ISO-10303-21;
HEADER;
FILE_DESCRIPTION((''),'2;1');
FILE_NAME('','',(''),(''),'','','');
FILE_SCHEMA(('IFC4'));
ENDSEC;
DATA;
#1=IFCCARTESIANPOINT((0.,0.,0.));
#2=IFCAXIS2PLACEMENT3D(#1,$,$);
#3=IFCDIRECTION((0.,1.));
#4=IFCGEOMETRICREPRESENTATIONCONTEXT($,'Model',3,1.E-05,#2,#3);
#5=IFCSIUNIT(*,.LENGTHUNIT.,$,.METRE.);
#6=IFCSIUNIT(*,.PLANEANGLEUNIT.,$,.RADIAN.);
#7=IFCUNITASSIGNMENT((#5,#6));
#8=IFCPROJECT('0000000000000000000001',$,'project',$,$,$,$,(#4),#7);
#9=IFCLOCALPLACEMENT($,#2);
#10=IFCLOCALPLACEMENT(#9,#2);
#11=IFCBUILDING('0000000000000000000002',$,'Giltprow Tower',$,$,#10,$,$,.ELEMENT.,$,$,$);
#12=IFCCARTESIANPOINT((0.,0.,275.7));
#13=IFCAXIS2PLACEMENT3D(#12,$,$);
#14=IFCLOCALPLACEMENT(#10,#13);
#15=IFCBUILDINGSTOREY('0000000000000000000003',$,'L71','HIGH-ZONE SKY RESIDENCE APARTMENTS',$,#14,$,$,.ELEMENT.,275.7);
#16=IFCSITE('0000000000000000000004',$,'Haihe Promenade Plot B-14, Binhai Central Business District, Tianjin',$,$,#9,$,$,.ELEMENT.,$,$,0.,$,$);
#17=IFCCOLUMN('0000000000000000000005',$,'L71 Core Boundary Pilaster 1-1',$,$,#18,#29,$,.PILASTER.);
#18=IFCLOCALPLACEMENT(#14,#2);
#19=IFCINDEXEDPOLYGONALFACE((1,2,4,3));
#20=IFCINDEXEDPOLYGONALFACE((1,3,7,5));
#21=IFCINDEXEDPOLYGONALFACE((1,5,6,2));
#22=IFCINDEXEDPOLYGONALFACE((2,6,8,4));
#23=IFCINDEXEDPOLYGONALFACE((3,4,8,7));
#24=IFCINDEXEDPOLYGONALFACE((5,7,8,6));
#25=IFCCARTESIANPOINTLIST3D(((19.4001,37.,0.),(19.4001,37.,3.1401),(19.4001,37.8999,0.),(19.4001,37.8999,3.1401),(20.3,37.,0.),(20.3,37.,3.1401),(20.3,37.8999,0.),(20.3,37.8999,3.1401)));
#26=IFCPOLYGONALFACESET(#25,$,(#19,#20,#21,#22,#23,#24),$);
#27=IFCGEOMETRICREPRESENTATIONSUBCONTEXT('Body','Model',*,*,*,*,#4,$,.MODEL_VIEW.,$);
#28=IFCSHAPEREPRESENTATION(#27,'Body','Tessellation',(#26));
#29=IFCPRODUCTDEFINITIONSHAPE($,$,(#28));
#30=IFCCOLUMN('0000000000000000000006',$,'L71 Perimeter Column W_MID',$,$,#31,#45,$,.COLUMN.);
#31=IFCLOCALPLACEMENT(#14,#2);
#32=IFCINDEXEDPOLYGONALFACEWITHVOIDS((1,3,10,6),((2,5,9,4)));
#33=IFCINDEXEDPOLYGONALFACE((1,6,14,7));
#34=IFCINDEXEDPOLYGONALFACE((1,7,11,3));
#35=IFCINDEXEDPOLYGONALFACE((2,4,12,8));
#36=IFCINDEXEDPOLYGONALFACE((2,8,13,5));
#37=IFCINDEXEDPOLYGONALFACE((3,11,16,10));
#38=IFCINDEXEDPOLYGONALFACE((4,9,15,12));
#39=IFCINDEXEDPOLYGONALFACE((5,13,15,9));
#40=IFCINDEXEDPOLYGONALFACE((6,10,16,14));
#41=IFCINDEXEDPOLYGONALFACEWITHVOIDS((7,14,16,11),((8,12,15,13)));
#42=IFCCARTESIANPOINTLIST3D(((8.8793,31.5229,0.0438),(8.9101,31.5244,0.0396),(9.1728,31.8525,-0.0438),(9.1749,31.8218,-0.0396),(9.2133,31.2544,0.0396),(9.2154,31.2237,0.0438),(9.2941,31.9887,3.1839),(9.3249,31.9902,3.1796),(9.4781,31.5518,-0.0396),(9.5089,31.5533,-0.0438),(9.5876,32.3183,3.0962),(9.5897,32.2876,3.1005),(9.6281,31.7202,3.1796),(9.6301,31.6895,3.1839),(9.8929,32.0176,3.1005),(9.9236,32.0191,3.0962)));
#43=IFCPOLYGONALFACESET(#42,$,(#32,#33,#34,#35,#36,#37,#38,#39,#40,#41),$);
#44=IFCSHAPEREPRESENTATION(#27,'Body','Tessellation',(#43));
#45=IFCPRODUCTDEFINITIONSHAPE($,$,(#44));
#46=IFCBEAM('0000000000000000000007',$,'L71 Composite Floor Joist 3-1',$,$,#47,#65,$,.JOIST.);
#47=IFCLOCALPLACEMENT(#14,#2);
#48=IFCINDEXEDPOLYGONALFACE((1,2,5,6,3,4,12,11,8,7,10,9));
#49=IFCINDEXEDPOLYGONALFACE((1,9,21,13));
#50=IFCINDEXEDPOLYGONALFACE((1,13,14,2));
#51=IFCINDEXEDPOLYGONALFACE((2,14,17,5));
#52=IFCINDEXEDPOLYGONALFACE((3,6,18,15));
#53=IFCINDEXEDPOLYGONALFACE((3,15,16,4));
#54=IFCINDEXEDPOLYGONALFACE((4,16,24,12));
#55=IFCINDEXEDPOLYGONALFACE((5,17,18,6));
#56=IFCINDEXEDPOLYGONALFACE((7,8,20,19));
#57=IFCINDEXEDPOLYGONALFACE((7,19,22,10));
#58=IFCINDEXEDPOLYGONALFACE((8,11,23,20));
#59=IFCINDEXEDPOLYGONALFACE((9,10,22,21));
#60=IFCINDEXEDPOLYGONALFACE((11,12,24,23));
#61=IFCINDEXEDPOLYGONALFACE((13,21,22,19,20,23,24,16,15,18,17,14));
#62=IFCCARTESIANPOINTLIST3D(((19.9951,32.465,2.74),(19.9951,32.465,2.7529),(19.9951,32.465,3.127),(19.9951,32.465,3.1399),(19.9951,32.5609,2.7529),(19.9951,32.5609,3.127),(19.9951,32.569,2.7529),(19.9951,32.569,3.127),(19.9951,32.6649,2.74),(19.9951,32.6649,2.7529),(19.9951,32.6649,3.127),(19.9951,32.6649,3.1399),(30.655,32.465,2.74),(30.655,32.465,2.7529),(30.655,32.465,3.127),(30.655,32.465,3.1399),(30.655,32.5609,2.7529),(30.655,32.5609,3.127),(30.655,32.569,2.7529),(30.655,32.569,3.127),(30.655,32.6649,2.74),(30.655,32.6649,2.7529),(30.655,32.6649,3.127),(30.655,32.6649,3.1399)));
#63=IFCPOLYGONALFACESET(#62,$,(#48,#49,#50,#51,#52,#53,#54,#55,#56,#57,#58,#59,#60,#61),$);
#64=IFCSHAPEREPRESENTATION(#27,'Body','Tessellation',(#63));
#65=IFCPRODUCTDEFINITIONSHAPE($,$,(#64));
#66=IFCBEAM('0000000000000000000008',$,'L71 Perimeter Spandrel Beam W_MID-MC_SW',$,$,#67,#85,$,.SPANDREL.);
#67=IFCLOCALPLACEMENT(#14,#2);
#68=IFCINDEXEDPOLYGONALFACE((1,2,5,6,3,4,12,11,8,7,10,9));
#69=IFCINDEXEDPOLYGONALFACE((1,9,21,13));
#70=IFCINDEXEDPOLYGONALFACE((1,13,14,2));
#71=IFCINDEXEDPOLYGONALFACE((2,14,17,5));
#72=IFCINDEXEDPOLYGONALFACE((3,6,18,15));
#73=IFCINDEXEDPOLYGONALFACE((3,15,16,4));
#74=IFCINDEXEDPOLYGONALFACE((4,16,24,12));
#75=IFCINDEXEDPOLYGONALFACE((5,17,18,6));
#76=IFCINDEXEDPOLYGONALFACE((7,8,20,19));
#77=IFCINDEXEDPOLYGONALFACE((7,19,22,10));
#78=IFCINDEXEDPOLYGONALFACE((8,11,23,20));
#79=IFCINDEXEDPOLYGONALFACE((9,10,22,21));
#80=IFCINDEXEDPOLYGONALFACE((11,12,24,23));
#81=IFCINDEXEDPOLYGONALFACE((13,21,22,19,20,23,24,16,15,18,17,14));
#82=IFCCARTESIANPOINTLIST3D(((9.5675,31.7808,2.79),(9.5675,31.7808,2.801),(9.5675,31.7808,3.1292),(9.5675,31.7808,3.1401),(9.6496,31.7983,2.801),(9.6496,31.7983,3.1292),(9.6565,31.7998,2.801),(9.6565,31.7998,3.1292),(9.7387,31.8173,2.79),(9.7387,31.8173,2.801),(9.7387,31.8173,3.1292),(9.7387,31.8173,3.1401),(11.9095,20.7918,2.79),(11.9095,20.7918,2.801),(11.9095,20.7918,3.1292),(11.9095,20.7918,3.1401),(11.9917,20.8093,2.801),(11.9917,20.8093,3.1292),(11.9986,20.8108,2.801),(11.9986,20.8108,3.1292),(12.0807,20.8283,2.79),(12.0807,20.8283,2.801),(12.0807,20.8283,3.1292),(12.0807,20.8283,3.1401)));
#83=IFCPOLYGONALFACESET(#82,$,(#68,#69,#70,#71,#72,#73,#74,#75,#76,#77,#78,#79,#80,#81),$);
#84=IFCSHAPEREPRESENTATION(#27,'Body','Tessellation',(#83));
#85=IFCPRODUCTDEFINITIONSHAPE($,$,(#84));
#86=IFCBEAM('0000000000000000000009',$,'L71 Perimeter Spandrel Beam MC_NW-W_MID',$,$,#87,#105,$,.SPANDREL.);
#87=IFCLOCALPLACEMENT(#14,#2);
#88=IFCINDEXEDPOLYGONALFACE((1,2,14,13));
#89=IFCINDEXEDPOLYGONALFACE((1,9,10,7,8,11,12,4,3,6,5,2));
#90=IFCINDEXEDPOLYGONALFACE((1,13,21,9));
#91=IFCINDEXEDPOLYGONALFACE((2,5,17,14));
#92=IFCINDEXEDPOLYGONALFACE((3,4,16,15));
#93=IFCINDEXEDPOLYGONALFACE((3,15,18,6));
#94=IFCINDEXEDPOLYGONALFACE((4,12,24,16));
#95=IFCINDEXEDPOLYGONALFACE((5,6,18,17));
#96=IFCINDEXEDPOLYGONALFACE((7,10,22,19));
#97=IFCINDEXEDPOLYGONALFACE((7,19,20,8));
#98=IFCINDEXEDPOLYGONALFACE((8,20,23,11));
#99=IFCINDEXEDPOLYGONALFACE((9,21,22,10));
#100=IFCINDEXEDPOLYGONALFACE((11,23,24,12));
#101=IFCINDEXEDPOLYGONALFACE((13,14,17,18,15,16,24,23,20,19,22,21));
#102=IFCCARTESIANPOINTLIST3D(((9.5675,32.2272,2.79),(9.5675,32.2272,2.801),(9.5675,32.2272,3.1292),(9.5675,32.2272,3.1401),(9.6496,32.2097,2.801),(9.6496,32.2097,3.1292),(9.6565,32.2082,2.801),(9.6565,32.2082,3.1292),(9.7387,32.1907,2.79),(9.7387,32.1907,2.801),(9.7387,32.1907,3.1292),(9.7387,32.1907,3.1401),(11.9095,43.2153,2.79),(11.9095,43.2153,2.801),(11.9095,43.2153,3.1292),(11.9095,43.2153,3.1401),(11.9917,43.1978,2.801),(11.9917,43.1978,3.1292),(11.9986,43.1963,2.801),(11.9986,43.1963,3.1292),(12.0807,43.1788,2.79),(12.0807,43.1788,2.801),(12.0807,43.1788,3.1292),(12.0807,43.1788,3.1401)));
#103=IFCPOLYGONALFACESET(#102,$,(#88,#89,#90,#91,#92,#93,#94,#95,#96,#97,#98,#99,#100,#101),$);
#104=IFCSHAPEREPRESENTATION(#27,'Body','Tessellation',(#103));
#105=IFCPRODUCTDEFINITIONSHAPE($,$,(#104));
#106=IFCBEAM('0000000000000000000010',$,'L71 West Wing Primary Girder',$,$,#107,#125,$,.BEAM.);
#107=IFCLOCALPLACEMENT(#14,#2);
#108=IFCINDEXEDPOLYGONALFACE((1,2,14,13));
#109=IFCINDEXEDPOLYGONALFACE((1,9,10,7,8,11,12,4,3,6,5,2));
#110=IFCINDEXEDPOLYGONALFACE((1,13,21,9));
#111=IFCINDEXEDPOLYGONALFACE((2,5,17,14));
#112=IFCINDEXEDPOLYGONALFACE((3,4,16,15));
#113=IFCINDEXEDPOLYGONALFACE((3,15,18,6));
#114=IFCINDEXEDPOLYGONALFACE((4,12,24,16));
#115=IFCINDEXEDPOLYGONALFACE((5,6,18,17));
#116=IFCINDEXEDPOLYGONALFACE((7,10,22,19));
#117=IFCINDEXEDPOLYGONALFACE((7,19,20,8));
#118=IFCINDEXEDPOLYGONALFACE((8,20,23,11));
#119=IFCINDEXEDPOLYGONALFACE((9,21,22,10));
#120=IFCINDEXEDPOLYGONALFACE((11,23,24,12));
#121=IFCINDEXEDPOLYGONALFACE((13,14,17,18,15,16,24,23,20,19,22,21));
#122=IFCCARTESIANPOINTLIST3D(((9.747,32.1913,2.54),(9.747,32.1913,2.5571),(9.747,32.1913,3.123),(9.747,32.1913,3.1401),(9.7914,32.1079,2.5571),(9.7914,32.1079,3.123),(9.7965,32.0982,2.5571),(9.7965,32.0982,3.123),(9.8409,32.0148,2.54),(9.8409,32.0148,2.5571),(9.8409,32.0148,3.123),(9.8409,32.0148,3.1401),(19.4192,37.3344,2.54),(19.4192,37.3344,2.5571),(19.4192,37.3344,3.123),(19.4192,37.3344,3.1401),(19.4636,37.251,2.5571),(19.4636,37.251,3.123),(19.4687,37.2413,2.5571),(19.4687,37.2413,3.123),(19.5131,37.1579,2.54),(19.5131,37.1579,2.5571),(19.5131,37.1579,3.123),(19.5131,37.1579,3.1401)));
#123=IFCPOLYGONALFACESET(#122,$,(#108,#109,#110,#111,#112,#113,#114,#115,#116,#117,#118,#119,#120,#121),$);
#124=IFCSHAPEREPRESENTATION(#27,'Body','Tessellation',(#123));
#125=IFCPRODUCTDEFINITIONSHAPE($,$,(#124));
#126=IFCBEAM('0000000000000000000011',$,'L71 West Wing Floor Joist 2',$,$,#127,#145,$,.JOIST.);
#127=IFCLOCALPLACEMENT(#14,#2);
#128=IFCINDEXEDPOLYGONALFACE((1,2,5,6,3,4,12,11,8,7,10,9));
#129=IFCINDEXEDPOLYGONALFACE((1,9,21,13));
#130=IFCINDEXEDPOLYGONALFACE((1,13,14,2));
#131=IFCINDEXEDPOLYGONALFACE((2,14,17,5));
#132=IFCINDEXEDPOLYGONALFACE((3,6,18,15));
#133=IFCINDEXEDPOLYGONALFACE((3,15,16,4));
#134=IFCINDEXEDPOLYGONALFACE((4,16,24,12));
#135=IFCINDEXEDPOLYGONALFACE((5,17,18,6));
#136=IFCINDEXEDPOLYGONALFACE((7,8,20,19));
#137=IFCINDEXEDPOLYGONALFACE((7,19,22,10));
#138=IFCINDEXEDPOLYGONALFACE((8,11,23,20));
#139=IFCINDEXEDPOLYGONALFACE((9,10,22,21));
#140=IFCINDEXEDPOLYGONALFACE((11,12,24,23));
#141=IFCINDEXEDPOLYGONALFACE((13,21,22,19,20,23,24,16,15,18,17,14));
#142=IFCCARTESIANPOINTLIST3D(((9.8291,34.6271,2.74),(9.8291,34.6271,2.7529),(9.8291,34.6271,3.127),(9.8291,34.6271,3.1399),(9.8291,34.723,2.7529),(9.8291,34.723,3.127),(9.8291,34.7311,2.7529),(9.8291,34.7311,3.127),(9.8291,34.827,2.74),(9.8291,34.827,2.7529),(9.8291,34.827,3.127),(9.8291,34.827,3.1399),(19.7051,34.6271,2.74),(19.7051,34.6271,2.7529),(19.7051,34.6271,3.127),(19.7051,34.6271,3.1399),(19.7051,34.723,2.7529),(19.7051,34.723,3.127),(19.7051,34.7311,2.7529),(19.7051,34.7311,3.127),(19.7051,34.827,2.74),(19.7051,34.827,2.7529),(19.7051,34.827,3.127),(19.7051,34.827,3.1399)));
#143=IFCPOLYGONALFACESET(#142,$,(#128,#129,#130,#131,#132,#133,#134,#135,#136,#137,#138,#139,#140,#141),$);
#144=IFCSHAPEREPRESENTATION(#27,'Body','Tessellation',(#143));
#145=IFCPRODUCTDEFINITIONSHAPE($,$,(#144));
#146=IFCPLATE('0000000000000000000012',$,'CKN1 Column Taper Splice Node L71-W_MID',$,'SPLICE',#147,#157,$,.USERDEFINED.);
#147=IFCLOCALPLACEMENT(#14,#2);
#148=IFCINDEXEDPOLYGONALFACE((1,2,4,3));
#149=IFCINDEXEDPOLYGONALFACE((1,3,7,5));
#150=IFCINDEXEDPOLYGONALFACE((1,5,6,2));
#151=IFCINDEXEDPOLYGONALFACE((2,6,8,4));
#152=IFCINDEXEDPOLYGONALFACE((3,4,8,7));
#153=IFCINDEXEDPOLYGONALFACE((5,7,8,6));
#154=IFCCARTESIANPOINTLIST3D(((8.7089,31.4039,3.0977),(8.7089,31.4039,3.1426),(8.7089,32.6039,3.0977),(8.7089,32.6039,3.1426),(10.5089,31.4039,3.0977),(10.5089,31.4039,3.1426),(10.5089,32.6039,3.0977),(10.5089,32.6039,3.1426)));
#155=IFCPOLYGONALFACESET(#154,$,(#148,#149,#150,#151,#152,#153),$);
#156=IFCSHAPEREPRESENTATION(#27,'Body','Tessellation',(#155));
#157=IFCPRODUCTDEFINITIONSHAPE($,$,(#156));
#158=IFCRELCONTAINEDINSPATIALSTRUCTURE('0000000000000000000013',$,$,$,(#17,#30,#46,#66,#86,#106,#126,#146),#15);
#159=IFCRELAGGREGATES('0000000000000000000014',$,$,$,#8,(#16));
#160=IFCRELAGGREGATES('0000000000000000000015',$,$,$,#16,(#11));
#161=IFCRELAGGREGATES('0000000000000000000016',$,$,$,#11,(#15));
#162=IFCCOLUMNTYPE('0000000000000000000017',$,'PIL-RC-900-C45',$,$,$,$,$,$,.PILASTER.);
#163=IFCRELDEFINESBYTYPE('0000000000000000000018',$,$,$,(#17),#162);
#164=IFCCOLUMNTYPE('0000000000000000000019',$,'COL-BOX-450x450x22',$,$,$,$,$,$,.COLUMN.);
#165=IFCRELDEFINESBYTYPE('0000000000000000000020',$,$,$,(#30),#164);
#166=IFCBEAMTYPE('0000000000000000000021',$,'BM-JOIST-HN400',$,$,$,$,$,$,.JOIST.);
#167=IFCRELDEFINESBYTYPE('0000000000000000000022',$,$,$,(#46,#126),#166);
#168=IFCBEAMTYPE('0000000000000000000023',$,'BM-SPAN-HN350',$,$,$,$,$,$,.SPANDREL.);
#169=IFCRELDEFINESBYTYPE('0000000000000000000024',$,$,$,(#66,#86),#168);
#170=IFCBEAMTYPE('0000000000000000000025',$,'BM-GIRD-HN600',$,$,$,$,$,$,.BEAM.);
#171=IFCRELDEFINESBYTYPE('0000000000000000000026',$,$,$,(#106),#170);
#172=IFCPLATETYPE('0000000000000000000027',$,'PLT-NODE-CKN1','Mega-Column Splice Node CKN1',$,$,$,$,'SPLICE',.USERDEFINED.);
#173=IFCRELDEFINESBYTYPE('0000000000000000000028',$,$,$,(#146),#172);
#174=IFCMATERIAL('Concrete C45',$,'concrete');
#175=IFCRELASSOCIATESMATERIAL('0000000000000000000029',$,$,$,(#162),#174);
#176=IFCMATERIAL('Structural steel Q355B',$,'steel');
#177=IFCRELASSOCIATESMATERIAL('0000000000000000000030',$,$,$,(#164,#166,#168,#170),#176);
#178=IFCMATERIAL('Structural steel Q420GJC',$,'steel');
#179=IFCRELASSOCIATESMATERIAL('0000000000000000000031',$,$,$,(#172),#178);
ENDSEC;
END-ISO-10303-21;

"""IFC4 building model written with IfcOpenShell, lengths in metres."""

from ifc_helpers import new_model, si_unit, direction, frame, origin, origin_2d, place, context, subcontext, project, spatial, rectangle, hollow_rectangle, i_section, extrude, source, transform, mapped, material, material_profile, profile_set, type_object, element, save


model = new_model("IFC4")

# Units and contexts
model_context = context("Model", 3, precision=1e-05, world=origin(), true_north=direction((0.0, 1.0)))
body_context = subcontext(model_context, "Body", "Model", "MODEL_VIEW")
ifc_project = project(units=[si_unit("LENGTHUNIT", "METRE"), si_unit("PLANEANGLEUNIT", "RADIAN")], contexts=[model_context])

# Site, building, storey
site_placement = place(None, origin())
site = spatial("IfcSite", under=ifc_project, at=site_placement, Name="Haihe Promenade Plot B-14, Binhai Central Business District, Tianjin", CompositionType="ELEMENT", RefElevation=0.0)
building_placement = place(site_placement, origin())
building = spatial("IfcBuilding", under=site, at=building_placement, Name="Giltprow Tower", CompositionType="ELEMENT")
storey_placement = place(building_placement, frame((0.0, 0.0, 275.7)))
storey = spatial("IfcBuildingStorey", under=building, at=storey_placement, Name="L71", Description="HIGH-ZONE SKY RESIDENCE APARTMENTS", CompositionType="ELEMENT", Elevation=275.7)

# Columns
ifc_material_1 = material(Name="Concrete C45", Category="concrete")
ifc_material_profile_1 = material_profile(ifc_material_1, rectangle(XDim=0.8999, YDim=0.8999, at=origin_2d()), Name="RC 900x900")
ifc_profile_set_1 = profile_set([ifc_material_profile_1], Name="Concrete C45")
column_type_1 = type_object("IfcColumnType", Name="PIL-RC-900-C45", PredefinedType="PILASTER", material=ifc_profile_set_1)
shared_shape_1 = source(origin(), body_context, "Body", "SweptSolid", [
    extrude(rectangle(XDim=0.8999, YDim=0.8999, at=origin_2d()), origin(), (0.0, 0.0, 1.0), 3.1401),
])
column_1_placement = place(storey_placement, frame((19.8501, 37.45, 0.0), z_axis=(0.0, 0.0, 1.0), x_axis=(1.0, 0.0, 0.0)))
element("IfcColumn", 1, at=column_1_placement, inside=storey, type_object=column_type_1, Name="L71 Core Boundary Pilaster 1-1", PredefinedType="PILASTER", context=body_context, shape_type="MappedRepresentation", body=[
    mapped(shared_shape_1, transform((0.0, 0.0, 0.0), x_axis=(1.0, 0.0, 0.0), y_axis=(0.0, 1.0, 0.0), z_axis=(0.0, 0.0, 1.0), scale=1.0)),
])
ifc_material_2 = material(Name="Structural steel Q355B", Category="steel")
ifc_material_profile_2 = material_profile(ifc_material_2, hollow_rectangle(XDim=0.45, YDim=0.45, WallThickness=0.022, at=origin_2d()), Name="BOX 450x450x22")
ifc_profile_set_2 = profile_set([ifc_material_profile_2], Name="Structural steel Q355B")
column_type_2 = type_object("IfcColumnType", Name="COL-BOX-450x450x22", PredefinedType="COLUMN", material=ifc_profile_set_2)
shared_shape_2 = source(origin(), body_context, "Body", "SweptSolid", [
    extrude(hollow_rectangle(XDim=0.45, YDim=0.45, WallThickness=0.022, at=origin_2d()), origin(), (0.0, 0.0, 1.0), 3.2014),
])
column_2_placement = place(storey_placement, frame((9.1941, 31.5381, 0.0), z_axis=(0.129563, 0.145501, 0.980838), x_axis=(-0.746826, 0.66502, 0.0)))
element("IfcColumn", 2, at=column_2_placement, inside=storey, type_object=column_type_2, Name="L71 Perimeter Column W_MID", PredefinedType="COLUMN", context=body_context, shape_type="MappedRepresentation", body=[
    mapped(shared_shape_2, transform((0.0, 0.0, 0.0), x_axis=(1.0, 0.0, 0.0), y_axis=(0.0, 1.0, 0.0), z_axis=(0.0, 0.0, 1.0), scale=1.0)),
])

# Beams
ifc_material_profile_3 = material_profile(ifc_material_2, i_section(OverallWidth=0.2, OverallDepth=0.3999, WebThickness=0.0081, FlangeThickness=0.0129, at=origin_2d()), Name="HN 400x200x8x13")
ifc_profile_set_3 = profile_set([ifc_material_profile_3], Name="Structural steel Q355B")
beam_type_1 = type_object("IfcBeamType", Name="BM-JOIST-HN400", PredefinedType="JOIST", material=ifc_profile_set_3)
shared_shape_3 = source(origin(), body_context, "Body", "SweptSolid", [
    extrude(i_section(OverallWidth=0.2, OverallDepth=0.3999, WebThickness=0.0081, FlangeThickness=0.0129, at=origin_2d()), origin(), (0.0, 0.0, 1.0), 10.6599),
])
beam_1_placement = place(storey_placement, frame((19.9951, 32.5649, 2.9399), z_axis=(1.0, 0.0, 0.0), x_axis=(0.0, 1.0, 0.0)))
element("IfcBeam", 3, at=beam_1_placement, inside=storey, type_object=beam_type_1, Name="L71 Composite Floor Joist 3-1", PredefinedType="JOIST", context=body_context, shape_type="MappedRepresentation", body=[
    mapped(shared_shape_3, transform((0.0, 0.0, 0.0), x_axis=(1.0, 0.0, 0.0), y_axis=(0.0, 1.0, 0.0), z_axis=(0.0, 0.0, 1.0), scale=1.0)),
])
ifc_material_profile_4 = material_profile(ifc_material_2, i_section(OverallWidth=0.175, OverallDepth=0.3501, WebThickness=0.0071, FlangeThickness=0.011, at=origin_2d()), Name="HN 350x175x7x11")
ifc_profile_set_4 = profile_set([ifc_material_profile_4], Name="Structural steel Q355B")
beam_type_2 = type_object("IfcBeamType", Name="BM-SPAN-HN350", PredefinedType="SPANDREL", material=ifc_profile_set_4)
shared_shape_4 = source(origin(), body_context, "Body", "SweptSolid", [
    extrude(i_section(OverallWidth=0.175, OverallDepth=0.3501, WebThickness=0.0071, FlangeThickness=0.011, at=origin_2d()), origin(), (0.0, 0.0, 1.0), 11.2358),
])
beam_2_placement = place(storey_placement, frame((9.6531, 31.7991, 2.9651), z_axis=(0.208444, -0.978034, 0.0), x_axis=(0.978034, 0.208444, 0.0)))
element("IfcBeam", 4, at=beam_2_placement, inside=storey, type_object=beam_type_2, Name="L71 Perimeter Spandrel Beam W_MID-MC_SW", PredefinedType="SPANDREL", context=body_context, shape_type="MappedRepresentation", body=[
    mapped(shared_shape_4, transform((0.0, 0.0, 0.0), x_axis=(1.0, 0.0, 0.0), y_axis=(0.0, 1.0, 0.0), z_axis=(0.0, 0.0, 1.0), scale=1.0)),
])
shared_shape_5 = source(origin(), body_context, "Body", "SweptSolid", [
    extrude(i_section(OverallWidth=0.175, OverallDepth=0.3501, WebThickness=0.0071, FlangeThickness=0.011, at=origin_2d()), origin(), (0.0, 0.0, 1.0), 11.2349),
])
beam_3_placement = place(storey_placement, frame((11.9951, 43.197, 2.9651), z_axis=(-0.208462, -0.97803, 0.0), x_axis=(0.97803, -0.208462, 0.0)))
element("IfcBeam", 5, at=beam_3_placement, inside=storey, type_object=beam_type_2, Name="L71 Perimeter Spandrel Beam MC_NW-W_MID", PredefinedType="SPANDREL", context=body_context, shape_type="MappedRepresentation", body=[
    mapped(shared_shape_5, transform((0.0, 0.0, 0.0), x_axis=(1.0, 0.0, 0.0), y_axis=(0.0, 1.0, 0.0), z_axis=(0.0, 0.0, 1.0), scale=1.0)),
])
ifc_material_profile_5 = material_profile(ifc_material_2, i_section(OverallWidth=0.2, OverallDepth=0.6001, WebThickness=0.011, FlangeThickness=0.0171, at=origin_2d()), Name="HN 600x200x11x17")
ifc_profile_set_5 = profile_set([ifc_material_profile_5], Name="Structural steel Q355B")
beam_type_3 = type_object("IfcBeamType", Name="BM-GIRD-HN600", PredefinedType="BEAM", material=ifc_profile_set_5)
shared_shape_6 = source(origin(), body_context, "Body", "SweptSolid", [
    extrude(i_section(OverallWidth=0.2, OverallDepth=0.6001, WebThickness=0.011, FlangeThickness=0.0171, at=origin_2d()), origin(), (0.0, 0.0, 1.0), 10.9546),
])
beam_4_placement = place(storey_placement, frame((9.7939, 32.103, 2.8401), z_axis=(0.882936, 0.469494, 0.0), x_axis=(-0.469494, 0.882936, 0.0)))
element("IfcBeam", 6, at=beam_4_placement, inside=storey, type_object=beam_type_3, Name="L71 West Wing Primary Girder", PredefinedType="BEAM", context=body_context, shape_type="MappedRepresentation", body=[
    mapped(shared_shape_6, transform((0.0, 0.0, 0.0), x_axis=(1.0, 0.0, 0.0), y_axis=(0.0, 1.0, 0.0), z_axis=(0.0, 0.0, 1.0), scale=1.0)),
])
shared_shape_7 = source(origin(), body_context, "Body", "SweptSolid", [
    extrude(i_section(OverallWidth=0.2, OverallDepth=0.3999, WebThickness=0.0081, FlangeThickness=0.0129, at=origin_2d()), origin(), (0.0, 0.0, 1.0), 9.876),
])
beam_5_placement = place(storey_placement, frame((9.8291, 34.7271, 2.9399), z_axis=(1.0, 0.0, 0.0), x_axis=(0.0, 1.0, 0.0)))
element("IfcBeam", 7, at=beam_5_placement, inside=storey, type_object=beam_type_1, Name="L71 West Wing Floor Joist 2", PredefinedType="JOIST", context=body_context, shape_type="MappedRepresentation", body=[
    mapped(shared_shape_7, transform((0.0, 0.0, 0.0), x_axis=(1.0, 0.0, 0.0), y_axis=(0.0, 1.0, 0.0), z_axis=(0.0, 0.0, 1.0), scale=1.0)),
])

# Plate
ifc_material_3 = material(Name="Structural steel Q420GJC", Category="steel")
plate_type = type_object("IfcPlateType", Name="PLT-NODE-CKN1", Description="Mega-Column Splice Node CKN1", ElementType="SPLICE", PredefinedType="USERDEFINED", material=ifc_material_3)
shared_shape_8 = source(origin(), body_context, "Body", "SweptSolid", [
    extrude(rectangle(XDim=1.8, YDim=1.2, at=origin_2d()), origin(), (0.0, 0.0, 1.0), 0.0449),
])
plate_placement = place(storey_placement, frame((9.6089, 32.0039, 3.0977), z_axis=(0.0, 0.0, 1.0), x_axis=(1.0, 0.0, 0.0)))
element("IfcPlate", 8, at=plate_placement, inside=storey, type_object=plate_type, Name="CKN1 Column Taper Splice Node L71-W_MID", ObjectType="SPLICE", PredefinedType="USERDEFINED", context=body_context, shape_type="MappedRepresentation", body=[
    mapped(shared_shape_8, transform((0.0, 0.0, 0.0), x_axis=(1.0, 0.0, 0.0), y_axis=(0.0, 1.0, 0.0), z_axis=(0.0, 0.0, 1.0), scale=1.0)),
])

save(model, "model.ifc")
